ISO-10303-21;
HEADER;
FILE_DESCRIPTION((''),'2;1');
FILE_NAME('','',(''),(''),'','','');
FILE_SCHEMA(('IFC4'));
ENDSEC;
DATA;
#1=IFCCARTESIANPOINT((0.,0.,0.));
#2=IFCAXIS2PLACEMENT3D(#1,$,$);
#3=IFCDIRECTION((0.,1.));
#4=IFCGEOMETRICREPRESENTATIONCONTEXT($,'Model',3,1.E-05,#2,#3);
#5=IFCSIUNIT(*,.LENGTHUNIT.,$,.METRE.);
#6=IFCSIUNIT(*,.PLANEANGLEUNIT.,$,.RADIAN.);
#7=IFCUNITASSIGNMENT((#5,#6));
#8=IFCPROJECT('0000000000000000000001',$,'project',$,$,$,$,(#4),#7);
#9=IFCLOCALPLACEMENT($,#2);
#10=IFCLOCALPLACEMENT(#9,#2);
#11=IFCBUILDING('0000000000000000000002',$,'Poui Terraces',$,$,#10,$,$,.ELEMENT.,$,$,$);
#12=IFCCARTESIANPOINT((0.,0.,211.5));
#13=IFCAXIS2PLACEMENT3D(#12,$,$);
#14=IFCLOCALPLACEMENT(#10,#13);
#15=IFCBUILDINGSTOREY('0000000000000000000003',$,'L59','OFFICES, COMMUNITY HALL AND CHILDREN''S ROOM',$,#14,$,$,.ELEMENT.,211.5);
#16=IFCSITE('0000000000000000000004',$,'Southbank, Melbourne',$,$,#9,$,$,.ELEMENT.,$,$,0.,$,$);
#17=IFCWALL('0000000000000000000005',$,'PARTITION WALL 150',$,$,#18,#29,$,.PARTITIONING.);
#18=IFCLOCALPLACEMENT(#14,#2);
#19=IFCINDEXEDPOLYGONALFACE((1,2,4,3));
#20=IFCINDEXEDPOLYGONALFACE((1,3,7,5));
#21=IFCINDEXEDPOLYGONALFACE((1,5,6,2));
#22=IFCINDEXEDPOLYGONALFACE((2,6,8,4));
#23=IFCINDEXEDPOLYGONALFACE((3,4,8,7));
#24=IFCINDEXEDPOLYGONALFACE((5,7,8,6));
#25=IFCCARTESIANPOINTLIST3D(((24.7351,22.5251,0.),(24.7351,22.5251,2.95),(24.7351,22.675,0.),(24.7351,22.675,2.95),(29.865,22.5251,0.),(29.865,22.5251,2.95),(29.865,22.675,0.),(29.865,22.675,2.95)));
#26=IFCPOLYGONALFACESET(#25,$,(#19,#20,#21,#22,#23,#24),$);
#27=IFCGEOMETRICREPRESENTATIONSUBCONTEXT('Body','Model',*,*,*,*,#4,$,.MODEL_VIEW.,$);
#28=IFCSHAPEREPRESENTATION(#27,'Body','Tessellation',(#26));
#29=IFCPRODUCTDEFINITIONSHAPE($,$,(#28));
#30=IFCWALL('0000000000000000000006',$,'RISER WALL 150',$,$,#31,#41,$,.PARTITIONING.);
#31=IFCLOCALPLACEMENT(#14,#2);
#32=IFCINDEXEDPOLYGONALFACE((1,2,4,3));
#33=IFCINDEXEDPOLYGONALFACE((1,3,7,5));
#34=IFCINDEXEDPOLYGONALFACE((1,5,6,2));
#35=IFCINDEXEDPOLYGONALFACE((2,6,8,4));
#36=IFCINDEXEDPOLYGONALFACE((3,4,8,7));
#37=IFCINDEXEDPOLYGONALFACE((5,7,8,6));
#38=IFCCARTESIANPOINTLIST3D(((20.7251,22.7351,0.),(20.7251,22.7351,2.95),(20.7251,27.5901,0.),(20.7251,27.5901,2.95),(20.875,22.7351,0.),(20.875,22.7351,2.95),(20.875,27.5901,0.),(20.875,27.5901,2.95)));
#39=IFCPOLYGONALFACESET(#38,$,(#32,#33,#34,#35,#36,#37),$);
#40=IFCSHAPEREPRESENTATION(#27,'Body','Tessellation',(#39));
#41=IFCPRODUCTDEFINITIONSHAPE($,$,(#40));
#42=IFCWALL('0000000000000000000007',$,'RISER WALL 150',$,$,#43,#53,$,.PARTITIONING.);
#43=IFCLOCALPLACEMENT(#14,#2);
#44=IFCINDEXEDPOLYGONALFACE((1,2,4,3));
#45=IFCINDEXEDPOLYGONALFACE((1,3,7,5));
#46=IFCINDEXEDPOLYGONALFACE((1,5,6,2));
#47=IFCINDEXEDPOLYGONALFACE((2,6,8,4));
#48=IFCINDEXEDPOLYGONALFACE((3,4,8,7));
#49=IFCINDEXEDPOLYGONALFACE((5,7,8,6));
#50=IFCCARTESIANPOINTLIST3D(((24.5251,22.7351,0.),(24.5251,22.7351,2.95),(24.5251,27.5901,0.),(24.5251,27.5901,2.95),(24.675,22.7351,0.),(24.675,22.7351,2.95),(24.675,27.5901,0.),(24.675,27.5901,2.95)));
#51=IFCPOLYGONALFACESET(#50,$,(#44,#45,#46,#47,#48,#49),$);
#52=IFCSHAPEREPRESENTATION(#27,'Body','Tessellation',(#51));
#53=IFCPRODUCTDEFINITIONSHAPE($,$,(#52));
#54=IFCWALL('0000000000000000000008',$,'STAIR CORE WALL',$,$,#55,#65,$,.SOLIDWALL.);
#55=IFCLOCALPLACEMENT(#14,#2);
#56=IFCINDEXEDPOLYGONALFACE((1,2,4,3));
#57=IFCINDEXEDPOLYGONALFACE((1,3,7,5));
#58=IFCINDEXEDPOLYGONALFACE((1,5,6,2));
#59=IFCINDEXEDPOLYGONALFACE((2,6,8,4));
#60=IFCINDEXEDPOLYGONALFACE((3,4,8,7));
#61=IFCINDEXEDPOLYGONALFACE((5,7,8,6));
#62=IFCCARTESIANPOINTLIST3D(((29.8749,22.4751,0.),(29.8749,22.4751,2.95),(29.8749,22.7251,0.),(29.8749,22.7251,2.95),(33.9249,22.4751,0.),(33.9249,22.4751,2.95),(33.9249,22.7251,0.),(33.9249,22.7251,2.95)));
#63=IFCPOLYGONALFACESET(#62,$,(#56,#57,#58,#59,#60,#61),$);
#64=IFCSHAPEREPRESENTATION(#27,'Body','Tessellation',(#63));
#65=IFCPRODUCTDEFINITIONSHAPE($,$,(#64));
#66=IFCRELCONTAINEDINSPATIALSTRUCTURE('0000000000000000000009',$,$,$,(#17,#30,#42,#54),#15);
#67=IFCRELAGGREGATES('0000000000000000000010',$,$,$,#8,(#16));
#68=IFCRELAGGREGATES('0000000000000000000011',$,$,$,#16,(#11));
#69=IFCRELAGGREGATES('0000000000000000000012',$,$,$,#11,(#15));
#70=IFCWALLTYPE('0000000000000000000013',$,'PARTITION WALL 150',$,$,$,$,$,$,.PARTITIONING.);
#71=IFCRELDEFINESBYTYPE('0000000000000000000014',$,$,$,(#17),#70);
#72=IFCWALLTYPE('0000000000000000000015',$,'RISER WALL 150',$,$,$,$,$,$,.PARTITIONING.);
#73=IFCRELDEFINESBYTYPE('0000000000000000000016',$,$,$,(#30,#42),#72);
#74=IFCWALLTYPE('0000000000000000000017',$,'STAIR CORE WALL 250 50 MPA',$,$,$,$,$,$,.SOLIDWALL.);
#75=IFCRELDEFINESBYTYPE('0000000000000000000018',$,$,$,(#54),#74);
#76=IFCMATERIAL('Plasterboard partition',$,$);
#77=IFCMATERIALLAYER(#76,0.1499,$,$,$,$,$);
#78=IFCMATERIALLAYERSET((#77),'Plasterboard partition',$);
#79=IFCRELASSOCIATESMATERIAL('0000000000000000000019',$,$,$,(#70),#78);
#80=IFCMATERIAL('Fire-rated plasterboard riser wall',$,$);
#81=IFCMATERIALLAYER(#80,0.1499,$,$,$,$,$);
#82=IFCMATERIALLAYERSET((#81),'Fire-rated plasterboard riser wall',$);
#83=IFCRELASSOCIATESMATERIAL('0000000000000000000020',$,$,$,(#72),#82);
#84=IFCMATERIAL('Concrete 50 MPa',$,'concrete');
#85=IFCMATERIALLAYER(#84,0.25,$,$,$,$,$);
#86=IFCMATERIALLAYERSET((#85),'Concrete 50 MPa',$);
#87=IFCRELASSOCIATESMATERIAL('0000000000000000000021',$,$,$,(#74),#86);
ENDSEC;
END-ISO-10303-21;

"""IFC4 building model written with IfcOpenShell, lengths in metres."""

from ifc_helpers import new_model, si_unit, direction, frame, frame_2d, origin, place, context, subcontext, project, spatial, rectangle, extrude, material, layer, layer_set, type_object, element, save


model = new_model("IFC4")

# Units and contexts
model_context = context("Model", 3, precision=1e-05, world=origin(), true_north=direction((0.0, 1.0)))
body_context = subcontext(model_context, "Body", "Model", "MODEL_VIEW")
ifc_project = project(units=[si_unit("LENGTHUNIT", "METRE"), si_unit("PLANEANGLEUNIT", "RADIAN")], contexts=[model_context])

# Site, building, storey
site_placement = place(None, origin())
site = spatial("IfcSite", under=ifc_project, at=site_placement, Name="Southbank, Melbourne", CompositionType="ELEMENT", RefElevation=0.0)
building_placement = place(site_placement, origin())
building = spatial("IfcBuilding", under=site, at=building_placement, Name="Poui Terraces", CompositionType="ELEMENT")
storey_placement = place(building_placement, frame((0.0, 0.0, 211.5)))
storey = spatial("IfcBuildingStorey", under=building, at=storey_placement, Name="L59", Description="OFFICES, COMMUNITY HALL AND CHILDREN'S ROOM", CompositionType="ELEMENT", Elevation=211.5)

# Walls
ifc_material_1 = material(Name="Plasterboard partition")
ifc_layer_1 = layer(ifc_material_1, 0.1499)
ifc_layer_set_1 = layer_set([ifc_layer_1], Name="Plasterboard partition")
wall_type_1 = type_object("IfcWallType", Name="PARTITION WALL 150", PredefinedType="PARTITIONING", material=ifc_layer_set_1)
wall_1_placement = place(storey_placement, frame((24.7351, 22.6001, 0.0), z_axis=(0.0, 0.0, 1.0), x_axis=(1.0, 0.0, 0.0)))
element("IfcWall", 1, at=wall_1_placement, inside=storey, type_object=wall_type_1, Name="PARTITION WALL 150", PredefinedType="PARTITIONING", context=body_context, shape_type="SweptSolid", body=[
    extrude(rectangle(XDim=5.1299, YDim=0.1499, at=frame_2d((2.5649, 0.0))), origin(), (0.0, 0.0, 1.0), 2.95),
])
ifc_material_2 = material(Name="Fire-rated plasterboard riser wall")
ifc_layer_2 = layer(ifc_material_2, 0.1499)
ifc_layer_set_2 = layer_set([ifc_layer_2], Name="Fire-rated plasterboard riser wall")
wall_type_2 = type_object("IfcWallType", Name="RISER WALL 150", PredefinedType="PARTITIONING", material=ifc_layer_set_2)
for number, where, z_axis, x_axis, name in (
    (2, (20.8, 22.7351, 0.0), (0.0, 0.0, 1.0), (0.0, 1.0, 0.0), "RISER WALL 150"),
    (3, (24.6001, 22.7351, 0.0), (0.0, 0.0, 1.0), (0.0, 1.0, 0.0), "RISER WALL 150"),
):
    element("IfcWall", number, at=place(storey_placement, frame(where, z_axis=z_axis, x_axis=x_axis)), inside=storey, type_object=wall_type_2, Name=name, PredefinedType="PARTITIONING", context=body_context, shape_type="SweptSolid", body=[
        extrude(rectangle(XDim=4.855, YDim=0.1499, at=frame_2d((2.4275, 0.0))), origin(), (0.0, 0.0, 1.0), 2.95),
    ])
ifc_material_3 = material(Name="Concrete 50 MPa", Category="concrete")
ifc_layer_3 = layer(ifc_material_3, 0.25)
ifc_layer_set_3 = layer_set([ifc_layer_3], Name="Concrete 50 MPa")
wall_type_3 = type_object("IfcWallType", Name="STAIR CORE WALL 250 50 MPA", PredefinedType="SOLIDWALL", material=ifc_layer_set_3)
wall_2_placement = place(storey_placement, frame((29.875, 22.6001, 0.0), z_axis=(0.0, 0.0, 1.0), x_axis=(1.0, 0.0, 0.0)))
element("IfcWall", 4, at=wall_2_placement, inside=storey, type_object=wall_type_3, Name="STAIR CORE WALL", PredefinedType="SOLIDWALL", context=body_context, shape_type="SweptSolid", body=[
    extrude(rectangle(XDim=4.05, YDim=0.25, at=frame_2d((2.0249, 0.0))), origin(), (0.0, 0.0, 1.0), 2.95),
])

save(model, "model.ifc")
